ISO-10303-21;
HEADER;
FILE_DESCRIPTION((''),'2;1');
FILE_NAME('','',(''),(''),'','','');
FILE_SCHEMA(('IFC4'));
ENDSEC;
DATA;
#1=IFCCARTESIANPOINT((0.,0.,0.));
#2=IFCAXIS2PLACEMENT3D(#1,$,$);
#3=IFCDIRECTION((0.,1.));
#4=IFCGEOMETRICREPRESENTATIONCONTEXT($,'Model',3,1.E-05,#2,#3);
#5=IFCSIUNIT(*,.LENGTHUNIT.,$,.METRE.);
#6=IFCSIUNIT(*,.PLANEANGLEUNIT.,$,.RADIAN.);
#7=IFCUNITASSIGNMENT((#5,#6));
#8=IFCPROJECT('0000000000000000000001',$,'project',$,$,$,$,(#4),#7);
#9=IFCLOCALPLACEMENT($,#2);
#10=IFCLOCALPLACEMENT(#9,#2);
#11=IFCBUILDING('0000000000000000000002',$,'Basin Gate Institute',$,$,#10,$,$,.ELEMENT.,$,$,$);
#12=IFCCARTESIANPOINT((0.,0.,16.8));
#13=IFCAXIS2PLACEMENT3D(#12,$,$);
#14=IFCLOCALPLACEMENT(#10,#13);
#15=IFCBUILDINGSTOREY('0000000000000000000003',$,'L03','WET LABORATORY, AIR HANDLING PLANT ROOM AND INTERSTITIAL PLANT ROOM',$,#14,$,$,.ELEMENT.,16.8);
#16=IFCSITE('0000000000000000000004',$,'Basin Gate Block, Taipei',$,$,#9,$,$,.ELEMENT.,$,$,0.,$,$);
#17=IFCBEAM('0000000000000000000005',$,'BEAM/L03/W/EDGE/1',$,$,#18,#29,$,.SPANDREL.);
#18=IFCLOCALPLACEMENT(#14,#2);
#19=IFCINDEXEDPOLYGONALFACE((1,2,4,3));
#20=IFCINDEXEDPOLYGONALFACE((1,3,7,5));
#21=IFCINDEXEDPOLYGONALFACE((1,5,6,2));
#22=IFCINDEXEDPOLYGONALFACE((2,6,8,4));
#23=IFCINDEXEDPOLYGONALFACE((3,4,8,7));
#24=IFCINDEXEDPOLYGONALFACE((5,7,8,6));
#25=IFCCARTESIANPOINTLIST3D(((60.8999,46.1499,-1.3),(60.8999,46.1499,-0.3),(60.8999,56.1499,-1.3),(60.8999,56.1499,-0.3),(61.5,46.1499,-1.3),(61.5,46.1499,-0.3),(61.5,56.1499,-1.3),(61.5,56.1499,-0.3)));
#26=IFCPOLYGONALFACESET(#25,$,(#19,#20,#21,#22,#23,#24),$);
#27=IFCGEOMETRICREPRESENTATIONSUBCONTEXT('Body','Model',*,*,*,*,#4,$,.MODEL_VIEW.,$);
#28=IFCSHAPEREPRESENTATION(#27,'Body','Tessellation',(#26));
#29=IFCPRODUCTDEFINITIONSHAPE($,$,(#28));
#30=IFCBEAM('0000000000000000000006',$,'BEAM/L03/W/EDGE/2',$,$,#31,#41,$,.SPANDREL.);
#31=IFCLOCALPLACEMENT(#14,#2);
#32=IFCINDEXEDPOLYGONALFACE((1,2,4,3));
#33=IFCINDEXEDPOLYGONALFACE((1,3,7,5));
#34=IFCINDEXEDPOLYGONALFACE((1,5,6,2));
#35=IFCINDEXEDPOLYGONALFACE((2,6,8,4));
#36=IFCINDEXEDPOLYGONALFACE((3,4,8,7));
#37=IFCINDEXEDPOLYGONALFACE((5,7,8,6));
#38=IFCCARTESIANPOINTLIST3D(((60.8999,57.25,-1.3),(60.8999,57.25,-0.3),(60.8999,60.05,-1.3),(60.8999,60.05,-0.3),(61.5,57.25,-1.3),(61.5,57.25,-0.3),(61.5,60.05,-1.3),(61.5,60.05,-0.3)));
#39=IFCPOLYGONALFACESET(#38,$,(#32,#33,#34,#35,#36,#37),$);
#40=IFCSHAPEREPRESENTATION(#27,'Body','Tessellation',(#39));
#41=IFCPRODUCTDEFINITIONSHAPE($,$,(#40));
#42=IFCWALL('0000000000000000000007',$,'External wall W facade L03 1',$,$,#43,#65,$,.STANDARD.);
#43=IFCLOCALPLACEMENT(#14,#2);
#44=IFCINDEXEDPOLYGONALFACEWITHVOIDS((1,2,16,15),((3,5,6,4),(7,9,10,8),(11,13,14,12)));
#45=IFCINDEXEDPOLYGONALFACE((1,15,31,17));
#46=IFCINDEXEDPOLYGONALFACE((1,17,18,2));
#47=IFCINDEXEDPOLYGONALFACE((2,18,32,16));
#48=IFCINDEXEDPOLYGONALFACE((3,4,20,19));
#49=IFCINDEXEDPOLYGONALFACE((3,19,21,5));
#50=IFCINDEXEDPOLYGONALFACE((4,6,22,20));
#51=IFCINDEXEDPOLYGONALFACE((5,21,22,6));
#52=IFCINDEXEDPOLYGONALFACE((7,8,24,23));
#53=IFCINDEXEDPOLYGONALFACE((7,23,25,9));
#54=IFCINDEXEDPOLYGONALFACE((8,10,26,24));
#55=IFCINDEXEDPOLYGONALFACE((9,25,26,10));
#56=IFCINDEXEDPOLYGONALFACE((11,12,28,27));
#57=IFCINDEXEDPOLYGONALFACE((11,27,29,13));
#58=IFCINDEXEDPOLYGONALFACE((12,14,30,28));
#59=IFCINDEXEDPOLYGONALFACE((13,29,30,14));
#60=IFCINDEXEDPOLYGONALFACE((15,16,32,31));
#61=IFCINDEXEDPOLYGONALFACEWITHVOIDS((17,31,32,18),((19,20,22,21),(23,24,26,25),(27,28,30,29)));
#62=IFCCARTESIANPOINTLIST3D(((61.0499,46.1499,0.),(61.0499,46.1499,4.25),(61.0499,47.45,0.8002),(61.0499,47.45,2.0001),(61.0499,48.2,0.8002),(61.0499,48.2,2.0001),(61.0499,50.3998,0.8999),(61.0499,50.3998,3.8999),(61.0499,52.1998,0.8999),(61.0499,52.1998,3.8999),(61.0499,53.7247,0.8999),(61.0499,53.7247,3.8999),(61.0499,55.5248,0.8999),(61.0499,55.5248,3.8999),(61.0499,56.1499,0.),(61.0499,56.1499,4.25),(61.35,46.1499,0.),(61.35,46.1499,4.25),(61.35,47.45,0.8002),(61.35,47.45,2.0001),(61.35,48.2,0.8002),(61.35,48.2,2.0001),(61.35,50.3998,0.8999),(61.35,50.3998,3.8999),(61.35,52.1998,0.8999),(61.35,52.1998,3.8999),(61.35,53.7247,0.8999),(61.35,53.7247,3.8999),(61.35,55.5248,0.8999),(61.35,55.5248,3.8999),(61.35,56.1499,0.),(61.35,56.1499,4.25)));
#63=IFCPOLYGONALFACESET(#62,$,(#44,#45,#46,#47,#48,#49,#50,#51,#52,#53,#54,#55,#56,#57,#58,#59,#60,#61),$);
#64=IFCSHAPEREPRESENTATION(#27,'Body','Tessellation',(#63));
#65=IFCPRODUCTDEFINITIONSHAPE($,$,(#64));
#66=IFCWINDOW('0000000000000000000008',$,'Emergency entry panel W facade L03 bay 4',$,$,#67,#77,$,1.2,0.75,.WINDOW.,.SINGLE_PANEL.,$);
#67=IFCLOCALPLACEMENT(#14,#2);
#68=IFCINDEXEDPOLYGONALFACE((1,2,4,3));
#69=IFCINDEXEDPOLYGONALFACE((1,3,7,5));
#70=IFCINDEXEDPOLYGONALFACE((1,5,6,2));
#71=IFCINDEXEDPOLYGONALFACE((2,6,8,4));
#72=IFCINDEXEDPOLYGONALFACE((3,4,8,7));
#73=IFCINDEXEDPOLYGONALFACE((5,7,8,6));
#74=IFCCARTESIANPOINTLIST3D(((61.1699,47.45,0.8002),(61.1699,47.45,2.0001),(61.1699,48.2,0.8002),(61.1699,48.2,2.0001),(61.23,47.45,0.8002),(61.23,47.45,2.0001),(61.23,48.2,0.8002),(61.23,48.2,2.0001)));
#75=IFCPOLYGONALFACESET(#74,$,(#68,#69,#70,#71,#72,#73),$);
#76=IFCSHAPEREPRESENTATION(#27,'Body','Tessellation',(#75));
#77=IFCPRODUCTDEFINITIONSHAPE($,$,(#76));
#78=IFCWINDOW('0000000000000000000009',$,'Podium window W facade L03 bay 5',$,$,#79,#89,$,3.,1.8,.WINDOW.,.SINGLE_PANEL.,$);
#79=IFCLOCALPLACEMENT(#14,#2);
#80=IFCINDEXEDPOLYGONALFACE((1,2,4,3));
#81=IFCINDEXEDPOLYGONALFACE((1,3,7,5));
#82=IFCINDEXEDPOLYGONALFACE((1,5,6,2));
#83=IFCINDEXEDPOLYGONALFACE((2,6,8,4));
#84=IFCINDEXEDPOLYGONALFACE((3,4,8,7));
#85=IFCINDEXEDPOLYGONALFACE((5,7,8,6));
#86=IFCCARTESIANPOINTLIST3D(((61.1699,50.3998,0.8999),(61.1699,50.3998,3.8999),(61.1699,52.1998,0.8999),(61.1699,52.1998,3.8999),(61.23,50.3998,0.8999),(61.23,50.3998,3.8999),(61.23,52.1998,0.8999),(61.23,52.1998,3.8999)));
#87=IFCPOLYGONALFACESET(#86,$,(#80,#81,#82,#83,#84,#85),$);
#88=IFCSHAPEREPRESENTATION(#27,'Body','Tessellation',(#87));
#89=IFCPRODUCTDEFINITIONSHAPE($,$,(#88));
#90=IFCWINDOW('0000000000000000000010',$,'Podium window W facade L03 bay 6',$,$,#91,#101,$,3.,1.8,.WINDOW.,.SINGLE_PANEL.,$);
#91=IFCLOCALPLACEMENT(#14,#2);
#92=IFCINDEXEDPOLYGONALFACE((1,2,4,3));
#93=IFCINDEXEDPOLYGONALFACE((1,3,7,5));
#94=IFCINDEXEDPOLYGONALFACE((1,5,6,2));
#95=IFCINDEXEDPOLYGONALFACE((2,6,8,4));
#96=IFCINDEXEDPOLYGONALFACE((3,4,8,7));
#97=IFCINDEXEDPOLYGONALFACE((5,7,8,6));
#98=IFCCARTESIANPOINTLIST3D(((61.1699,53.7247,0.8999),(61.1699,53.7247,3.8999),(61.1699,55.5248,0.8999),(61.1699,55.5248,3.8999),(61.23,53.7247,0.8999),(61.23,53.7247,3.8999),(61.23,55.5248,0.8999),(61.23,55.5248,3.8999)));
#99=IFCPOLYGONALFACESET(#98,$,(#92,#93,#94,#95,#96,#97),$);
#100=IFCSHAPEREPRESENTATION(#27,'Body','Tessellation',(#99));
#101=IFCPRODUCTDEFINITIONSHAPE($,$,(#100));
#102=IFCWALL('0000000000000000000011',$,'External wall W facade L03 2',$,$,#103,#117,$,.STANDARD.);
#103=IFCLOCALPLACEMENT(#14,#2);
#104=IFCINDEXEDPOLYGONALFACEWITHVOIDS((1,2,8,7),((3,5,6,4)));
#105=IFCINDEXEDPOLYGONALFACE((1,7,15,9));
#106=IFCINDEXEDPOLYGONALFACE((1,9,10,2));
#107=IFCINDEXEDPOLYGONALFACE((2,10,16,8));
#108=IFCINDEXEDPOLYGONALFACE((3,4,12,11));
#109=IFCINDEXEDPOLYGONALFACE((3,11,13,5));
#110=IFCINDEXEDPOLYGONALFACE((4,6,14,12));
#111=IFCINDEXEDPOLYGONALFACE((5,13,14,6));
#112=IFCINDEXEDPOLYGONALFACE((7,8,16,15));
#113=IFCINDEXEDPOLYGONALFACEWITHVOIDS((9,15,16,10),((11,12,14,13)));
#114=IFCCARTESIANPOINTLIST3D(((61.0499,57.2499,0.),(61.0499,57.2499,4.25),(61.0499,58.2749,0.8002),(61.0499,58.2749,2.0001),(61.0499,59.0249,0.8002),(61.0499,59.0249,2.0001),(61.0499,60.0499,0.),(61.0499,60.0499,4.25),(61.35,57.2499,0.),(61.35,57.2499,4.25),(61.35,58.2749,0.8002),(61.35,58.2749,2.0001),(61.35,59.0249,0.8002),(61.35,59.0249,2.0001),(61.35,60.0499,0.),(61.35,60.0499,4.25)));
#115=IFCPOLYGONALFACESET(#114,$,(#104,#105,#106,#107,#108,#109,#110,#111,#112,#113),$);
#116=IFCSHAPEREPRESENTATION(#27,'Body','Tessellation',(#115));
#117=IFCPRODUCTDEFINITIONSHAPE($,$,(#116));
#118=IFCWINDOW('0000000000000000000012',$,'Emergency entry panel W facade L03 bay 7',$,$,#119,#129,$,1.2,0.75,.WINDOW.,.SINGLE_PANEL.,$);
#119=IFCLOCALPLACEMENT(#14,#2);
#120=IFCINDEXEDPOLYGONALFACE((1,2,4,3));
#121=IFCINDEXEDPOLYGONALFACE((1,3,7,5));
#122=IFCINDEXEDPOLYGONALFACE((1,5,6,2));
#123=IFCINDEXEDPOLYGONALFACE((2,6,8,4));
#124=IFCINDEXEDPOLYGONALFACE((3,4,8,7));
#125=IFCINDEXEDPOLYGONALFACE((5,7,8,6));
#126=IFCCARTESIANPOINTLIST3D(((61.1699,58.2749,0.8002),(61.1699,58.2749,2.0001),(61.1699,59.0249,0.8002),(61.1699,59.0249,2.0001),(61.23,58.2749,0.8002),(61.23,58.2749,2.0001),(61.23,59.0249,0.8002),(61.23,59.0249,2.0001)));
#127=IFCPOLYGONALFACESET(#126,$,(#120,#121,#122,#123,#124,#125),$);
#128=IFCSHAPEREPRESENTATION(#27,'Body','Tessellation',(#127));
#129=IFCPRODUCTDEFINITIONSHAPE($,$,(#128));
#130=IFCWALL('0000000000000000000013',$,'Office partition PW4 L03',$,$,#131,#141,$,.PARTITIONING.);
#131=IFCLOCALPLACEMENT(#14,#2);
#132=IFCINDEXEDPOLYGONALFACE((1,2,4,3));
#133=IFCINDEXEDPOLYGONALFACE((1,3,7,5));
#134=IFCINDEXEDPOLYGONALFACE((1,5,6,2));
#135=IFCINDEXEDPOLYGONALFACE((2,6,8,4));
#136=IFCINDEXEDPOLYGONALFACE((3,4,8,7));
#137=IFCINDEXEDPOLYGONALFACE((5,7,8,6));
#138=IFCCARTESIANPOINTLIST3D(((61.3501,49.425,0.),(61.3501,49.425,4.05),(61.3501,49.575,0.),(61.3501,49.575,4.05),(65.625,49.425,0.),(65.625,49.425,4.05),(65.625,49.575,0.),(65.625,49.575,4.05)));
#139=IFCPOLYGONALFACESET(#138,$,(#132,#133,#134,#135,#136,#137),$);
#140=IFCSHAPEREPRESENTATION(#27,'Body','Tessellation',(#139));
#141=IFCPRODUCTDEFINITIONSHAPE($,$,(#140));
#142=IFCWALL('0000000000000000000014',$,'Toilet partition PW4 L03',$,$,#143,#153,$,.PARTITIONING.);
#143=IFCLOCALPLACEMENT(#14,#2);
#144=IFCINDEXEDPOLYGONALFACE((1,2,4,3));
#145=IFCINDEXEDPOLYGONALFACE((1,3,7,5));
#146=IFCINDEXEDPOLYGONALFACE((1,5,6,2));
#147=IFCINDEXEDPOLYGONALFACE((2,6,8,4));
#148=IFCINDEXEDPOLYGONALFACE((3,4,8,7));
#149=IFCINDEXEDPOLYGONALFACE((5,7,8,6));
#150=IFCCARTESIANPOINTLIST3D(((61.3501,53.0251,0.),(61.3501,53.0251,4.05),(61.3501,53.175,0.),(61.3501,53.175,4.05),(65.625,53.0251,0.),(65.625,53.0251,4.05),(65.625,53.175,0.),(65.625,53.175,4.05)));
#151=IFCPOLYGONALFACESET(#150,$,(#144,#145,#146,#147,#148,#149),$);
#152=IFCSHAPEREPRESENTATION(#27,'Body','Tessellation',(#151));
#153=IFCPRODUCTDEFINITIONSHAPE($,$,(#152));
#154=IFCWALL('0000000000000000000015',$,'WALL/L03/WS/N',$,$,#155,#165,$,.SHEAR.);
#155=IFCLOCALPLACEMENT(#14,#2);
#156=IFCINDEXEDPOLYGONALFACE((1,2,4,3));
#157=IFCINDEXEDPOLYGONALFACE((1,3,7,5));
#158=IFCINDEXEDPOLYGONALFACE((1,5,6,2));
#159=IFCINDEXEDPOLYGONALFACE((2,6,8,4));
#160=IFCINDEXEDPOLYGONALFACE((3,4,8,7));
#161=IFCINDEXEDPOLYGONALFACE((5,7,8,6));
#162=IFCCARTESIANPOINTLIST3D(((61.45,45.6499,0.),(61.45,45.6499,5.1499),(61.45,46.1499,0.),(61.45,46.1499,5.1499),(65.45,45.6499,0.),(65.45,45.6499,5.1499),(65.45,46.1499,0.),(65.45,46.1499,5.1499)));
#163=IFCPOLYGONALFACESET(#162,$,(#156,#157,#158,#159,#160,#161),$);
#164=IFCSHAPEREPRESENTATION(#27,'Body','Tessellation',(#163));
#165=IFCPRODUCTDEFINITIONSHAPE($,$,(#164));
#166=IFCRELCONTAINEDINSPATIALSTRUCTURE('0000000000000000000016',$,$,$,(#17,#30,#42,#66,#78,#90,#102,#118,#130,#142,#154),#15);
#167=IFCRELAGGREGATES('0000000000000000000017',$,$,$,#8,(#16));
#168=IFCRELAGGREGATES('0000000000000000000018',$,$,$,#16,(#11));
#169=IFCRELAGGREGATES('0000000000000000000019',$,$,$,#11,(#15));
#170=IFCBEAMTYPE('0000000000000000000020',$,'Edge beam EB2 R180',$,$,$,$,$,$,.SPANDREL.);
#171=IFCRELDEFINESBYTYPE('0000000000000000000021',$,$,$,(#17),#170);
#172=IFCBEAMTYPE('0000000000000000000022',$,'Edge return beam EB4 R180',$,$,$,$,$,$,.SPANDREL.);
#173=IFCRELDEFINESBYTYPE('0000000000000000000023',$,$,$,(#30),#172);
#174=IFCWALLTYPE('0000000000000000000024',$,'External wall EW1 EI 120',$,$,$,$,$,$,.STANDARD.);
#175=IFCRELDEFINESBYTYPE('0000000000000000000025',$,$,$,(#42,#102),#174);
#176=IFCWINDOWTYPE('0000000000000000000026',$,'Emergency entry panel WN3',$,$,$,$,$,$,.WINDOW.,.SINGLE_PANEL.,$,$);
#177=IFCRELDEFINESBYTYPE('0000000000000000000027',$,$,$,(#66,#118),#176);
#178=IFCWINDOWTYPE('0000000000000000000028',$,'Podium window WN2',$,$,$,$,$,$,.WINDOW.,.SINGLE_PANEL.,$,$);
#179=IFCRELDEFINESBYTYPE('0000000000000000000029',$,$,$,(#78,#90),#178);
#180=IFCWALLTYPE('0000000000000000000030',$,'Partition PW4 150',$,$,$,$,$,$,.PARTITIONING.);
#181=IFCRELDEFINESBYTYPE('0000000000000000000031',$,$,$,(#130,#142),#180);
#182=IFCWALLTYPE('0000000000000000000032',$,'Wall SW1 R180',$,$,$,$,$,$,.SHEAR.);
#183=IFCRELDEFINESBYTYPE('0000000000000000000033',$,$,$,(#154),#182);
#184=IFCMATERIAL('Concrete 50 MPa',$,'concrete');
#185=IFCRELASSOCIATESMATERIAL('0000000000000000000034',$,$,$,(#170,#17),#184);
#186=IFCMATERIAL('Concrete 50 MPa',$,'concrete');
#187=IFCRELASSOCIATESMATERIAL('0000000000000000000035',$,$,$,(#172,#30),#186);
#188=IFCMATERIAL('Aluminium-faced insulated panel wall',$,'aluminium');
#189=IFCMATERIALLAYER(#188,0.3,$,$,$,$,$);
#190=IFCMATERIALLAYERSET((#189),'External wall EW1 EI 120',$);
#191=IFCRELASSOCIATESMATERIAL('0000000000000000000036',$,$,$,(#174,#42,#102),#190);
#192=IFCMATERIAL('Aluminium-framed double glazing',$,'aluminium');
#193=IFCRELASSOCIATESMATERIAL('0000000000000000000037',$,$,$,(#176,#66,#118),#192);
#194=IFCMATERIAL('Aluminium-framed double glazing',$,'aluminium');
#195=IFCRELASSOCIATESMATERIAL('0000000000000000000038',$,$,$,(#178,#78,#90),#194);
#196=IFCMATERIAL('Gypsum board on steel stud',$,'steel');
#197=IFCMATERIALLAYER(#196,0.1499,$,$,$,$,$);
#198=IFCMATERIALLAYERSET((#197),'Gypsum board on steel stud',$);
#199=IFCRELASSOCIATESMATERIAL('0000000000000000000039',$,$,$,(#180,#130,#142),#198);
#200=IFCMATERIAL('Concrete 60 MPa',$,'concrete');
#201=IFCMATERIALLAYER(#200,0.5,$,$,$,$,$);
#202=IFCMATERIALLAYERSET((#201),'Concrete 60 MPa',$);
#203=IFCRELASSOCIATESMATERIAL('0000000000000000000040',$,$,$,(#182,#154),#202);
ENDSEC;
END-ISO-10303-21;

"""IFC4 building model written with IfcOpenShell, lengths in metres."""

from ifc_helpers import new_model, si_unit, direction, frame, frame_2d, origin, origin_2d, place, context, subcontext, project, spatial, rectangle, extrude, material, layer, layer_set, material_profile, profile_set, type_object, element, fill, save


model = new_model("IFC4")

# Units and contexts
model_context = context("Model", 3, precision=1e-05, world=origin(), true_north=direction((0.0, 1.0)))
body_context = subcontext(model_context, "Body", "Model", "MODEL_VIEW")
ifc_project = project(units=[si_unit("LENGTHUNIT", "METRE"), si_unit("PLANEANGLEUNIT", "RADIAN")], contexts=[model_context])

# Site, building, storey
site_placement = place(None, origin())
site = spatial("IfcSite", under=ifc_project, at=site_placement, Name="Basin Gate Block, Taipei", CompositionType="ELEMENT", RefElevation=0.0)
building_placement = place(site_placement, origin())
building = spatial("IfcBuilding", under=site, at=building_placement, Name="Basin Gate Institute", CompositionType="ELEMENT")
storey_placement = place(building_placement, frame((0.0, 0.0, 16.8)))
storey = spatial("IfcBuildingStorey", under=building, at=storey_placement, Name="L03", Description="WET LABORATORY, AIR HANDLING PLANT ROOM AND INTERSTITIAL PLANT ROOM", CompositionType="ELEMENT", Elevation=16.8)

# Beams
ifc_material_1 = material(Name="Concrete 50 MPa", Category="concrete")
ifc_material_profile_1 = material_profile(ifc_material_1, rectangle(XDim=0.6001, YDim=1.0, at=origin_2d()), Name="Edge beam EB2 600 x 1000")
ifc_profile_set_1 = profile_set([ifc_material_profile_1], Name="Concrete 50 MPa")
beam_type_1 = type_object("IfcBeamType", Name="Edge beam EB2 R180", PredefinedType="SPANDREL", material=ifc_profile_set_1)
beam_1_placement = place(storey_placement, frame((61.2, 46.1499, -0.8), z_axis=(0.0, 1.0, 0.0), x_axis=(-1.0, 0.0, 0.0)))
element("IfcBeam", 1, at=beam_1_placement, inside=storey, type_object=beam_type_1, material=ifc_profile_set_1, Name="BEAM/L03/W/EDGE/1", PredefinedType="SPANDREL", context=body_context, shape_type="SweptSolid", body=[
    extrude(rectangle(XDim=0.6001, YDim=1.0, at=origin_2d()), origin(), (0.0, 0.0, 1.0), 10.0),
])
ifc_material_2 = material(Name="Concrete 50 MPa", Category="concrete")
ifc_material_profile_2 = material_profile(ifc_material_2, rectangle(XDim=0.6001, YDim=1.0, at=origin_2d()), Name="Edge return beam EB4 600 x 1000")
ifc_profile_set_2 = profile_set([ifc_material_profile_2], Name="Concrete 50 MPa")
beam_type_2 = type_object("IfcBeamType", Name="Edge return beam EB4 R180", PredefinedType="SPANDREL", material=ifc_profile_set_2)
beam_2_placement = place(storey_placement, frame((61.2, 57.25, -0.8), z_axis=(0.0, 1.0, 0.0), x_axis=(-1.0, 0.0, 0.0)))
element("IfcBeam", 2, at=beam_2_placement, inside=storey, type_object=beam_type_2, material=ifc_profile_set_2, Name="BEAM/L03/W/EDGE/2", PredefinedType="SPANDREL", context=body_context, shape_type="SweptSolid", body=[
    extrude(rectangle(XDim=0.6001, YDim=1.0, at=origin_2d()), origin(), (0.0, 0.0, 1.0), 2.8),
])

# Wall, openings, windows
ifc_material_3 = material(Name="Aluminium-faced insulated panel wall", Category="aluminium")
ifc_layer_1 = layer(ifc_material_3, 0.3)
ifc_layer_set_1 = layer_set([ifc_layer_1], Name="External wall EW1 EI 120")
wall_type_1 = type_object("IfcWallType", Name="External wall EW1 EI 120", PredefinedType="STANDARD", material=ifc_layer_set_1)
wall_1_placement = place(storey_placement, frame((61.2, 46.1499, 0.0), z_axis=(0.0, 0.0, 1.0), x_axis=(0.0, 1.0, 0.0)))
wall_1 = element("IfcWall", 3, at=wall_1_placement, inside=storey, type_object=wall_type_1, material=ifc_layer_set_1, Name="External wall W facade L03 1", PredefinedType="STANDARD", context=body_context, shape_type="SweptSolid", body=[
    extrude(rectangle(XDim=10.0, YDim=0.3, at=frame_2d((5.0, 0.0))), origin(), (0.0, 0.0, 1.0), 4.25),
])
opening_1_placement = place(wall_1_placement, frame((1.3, 0.0, 0.8)))
opening_1 = element("IfcOpeningElement", 4, at=opening_1_placement, cuts=wall_1, PredefinedType="OPENING", context=body_context, shape_type="SweptSolid", body=[
    extrude(rectangle(XDim=0.75, YDim=1.2, at=frame_2d((0.375, 0.6001))), frame((0.0, 0.1602, 0.0), z_axis=(0.0, -1.0, 0.0), x_axis=(1.0, 0.0, 0.0)), (0.0, 0.0, 1.0), 0.3201),
])
opening_2_placement = place(wall_1_placement, frame((4.25, 0.0, 0.8999)))
opening_2 = element("IfcOpeningElement", 5, at=opening_2_placement, cuts=wall_1, PredefinedType="OPENING", context=body_context, shape_type="SweptSolid", body=[
    extrude(rectangle(XDim=1.8, YDim=3.0, at=frame_2d((0.8999, 1.5))), frame((0.0, 0.1602, 0.0), z_axis=(0.0, -1.0, 0.0), x_axis=(1.0, 0.0, 0.0)), (0.0, 0.0, 1.0), 0.3201),
])
opening_3_placement = place(wall_1_placement, frame((7.575, 0.0, 0.8999)))
opening_3 = element("IfcOpeningElement", 6, at=opening_3_placement, cuts=wall_1, PredefinedType="OPENING", context=body_context, shape_type="SweptSolid", body=[
    extrude(rectangle(XDim=1.8, YDim=3.0, at=frame_2d((0.8999, 1.5))), frame((0.0, 0.1602, 0.0), z_axis=(0.0, -1.0, 0.0), x_axis=(1.0, 0.0, 0.0)), (0.0, 0.0, 1.0), 0.3201),
])
ifc_material_4 = material(Name="Aluminium-framed double glazing", Category="aluminium")
window_type_1 = type_object("IfcWindowType", Name="Emergency entry panel WN3", PartitioningType="SINGLE_PANEL", PredefinedType="WINDOW", material=ifc_material_4)
window_1_placement = place(opening_1_placement, origin())
window_1 = element("IfcWindow", 7, at=window_1_placement, inside=storey, type_object=window_type_1, material=ifc_material_4, Name="Emergency entry panel W facade L03 bay 4", OverallHeight=1.2, OverallWidth=0.75, PartitioningType="SINGLE_PANEL", PredefinedType="WINDOW", context=body_context, shape_type="SweptSolid", body=[
    extrude(rectangle(XDim=0.75, YDim=1.2, at=frame_2d((0.375, 0.6001))), frame((0.0, 0.03, 0.0), z_axis=(0.0, -1.0, 0.0), x_axis=(1.0, 0.0, 0.0)), (0.0, 0.0, 1.0), 0.0601),
])
fill(opening_1, window_1)
ifc_material_5 = material(Name="Aluminium-framed double glazing", Category="aluminium")
window_type_2 = type_object("IfcWindowType", Name="Podium window WN2", PartitioningType="SINGLE_PANEL", PredefinedType="WINDOW", material=ifc_material_5)
window_2_placement = place(opening_2_placement, origin())
window_2 = element("IfcWindow", 8, at=window_2_placement, inside=storey, type_object=window_type_2, material=ifc_material_5, Name="Podium window W facade L03 bay 5", OverallHeight=3.0, OverallWidth=1.8, PartitioningType="SINGLE_PANEL", PredefinedType="WINDOW", context=body_context, shape_type="SweptSolid", body=[
    extrude(rectangle(XDim=1.8, YDim=3.0, at=frame_2d((0.8999, 1.5))), frame((0.0, 0.03, 0.0), z_axis=(0.0, -1.0, 0.0), x_axis=(1.0, 0.0, 0.0)), (0.0, 0.0, 1.0), 0.0601),
])
fill(opening_2, window_2)
window_3_placement = place(opening_3_placement, origin())
window_3 = element("IfcWindow", 9, at=window_3_placement, inside=storey, type_object=window_type_2, material=ifc_material_5, Name="Podium window W facade L03 bay 6", OverallHeight=3.0, OverallWidth=1.8, PartitioningType="SINGLE_PANEL", PredefinedType="WINDOW", context=body_context, shape_type="SweptSolid", body=[
    extrude(rectangle(XDim=1.8, YDim=3.0, at=frame_2d((0.8999, 1.5))), frame((0.0, 0.03, 0.0), z_axis=(0.0, -1.0, 0.0), x_axis=(1.0, 0.0, 0.0)), (0.0, 0.0, 1.0), 0.0601),
])
fill(opening_3, window_3)

# Wall, opening, window
wall_2_placement = place(storey_placement, frame((61.2, 57.25, 0.0), z_axis=(0.0, 0.0, 1.0), x_axis=(0.0, 1.0, 0.0)))
wall_2 = element("IfcWall", 10, at=wall_2_placement, inside=storey, type_object=wall_type_1, material=ifc_layer_set_1, Name="External wall W facade L03 2", PredefinedType="STANDARD", context=body_context, shape_type="SweptSolid", body=[
    extrude(rectangle(XDim=2.8, YDim=0.3, at=frame_2d((1.3999, 0.0))), origin(), (0.0, 0.0, 1.0), 4.25),
])
opening_4_placement = place(wall_2_placement, frame((1.0249, 0.0, 0.8)))
opening_4 = element("IfcOpeningElement", 11, at=opening_4_placement, cuts=wall_2, PredefinedType="OPENING", context=body_context, shape_type="SweptSolid", body=[
    extrude(rectangle(XDim=0.75, YDim=1.2, at=frame_2d((0.375, 0.6001))), frame((0.0, 0.1602, 0.0), z_axis=(0.0, -1.0, 0.0), x_axis=(1.0, 0.0, 0.0)), (0.0, 0.0, 1.0), 0.3201),
])
window_4_placement = place(opening_4_placement, origin())
window_4 = element("IfcWindow", 12, at=window_4_placement, inside=storey, type_object=window_type_1, material=ifc_material_4, Name="Emergency entry panel W facade L03 bay 7", OverallHeight=1.2, OverallWidth=0.75, PartitioningType="SINGLE_PANEL", PredefinedType="WINDOW", context=body_context, shape_type="SweptSolid", body=[
    extrude(rectangle(XDim=0.75, YDim=1.2, at=frame_2d((0.375, 0.6001))), frame((0.0, 0.03, 0.0), z_axis=(0.0, -1.0, 0.0), x_axis=(1.0, 0.0, 0.0)), (0.0, 0.0, 1.0), 0.0601),
])
fill(opening_4, window_4)

# Walls
ifc_material_6 = material(Name="Gypsum board on steel stud", Category="steel")
ifc_layer_2 = layer(ifc_material_6, 0.1499)
ifc_layer_set_2 = layer_set([ifc_layer_2], Name="Gypsum board on steel stud")
wall_type_2 = type_object("IfcWallType", Name="Partition PW4 150", PredefinedType="PARTITIONING", material=ifc_layer_set_2)
for number, where, z_axis, x_axis, name in (
    (13, (61.3501, 49.5, 0.0), (0.0, 0.0, 1.0), (1.0, 0.0, 0.0), "Office partition PW4 L03"),
    (14, (61.3501, 53.1001, 0.0), (0.0, 0.0, 1.0), (1.0, 0.0, 0.0), "Toilet partition PW4 L03"),
):
    element("IfcWall", number, at=place(storey_placement, frame(where, z_axis=z_axis, x_axis=x_axis)), inside=storey, type_object=wall_type_2, material=ifc_layer_set_2, Name=name, PredefinedType="PARTITIONING", context=body_context, shape_type="SweptSolid", body=[
        extrude(rectangle(XDim=4.2749, YDim=0.1499, at=frame_2d((2.1375, 0.0))), origin(), (0.0, 0.0, 1.0), 4.05),
    ])
ifc_material_7 = material(Name="Concrete 60 MPa", Category="concrete")
ifc_layer_3 = layer(ifc_material_7, 0.5)
ifc_layer_set_3 = layer_set([ifc_layer_3], Name="Concrete 60 MPa")
wall_type_3 = type_object("IfcWallType", Name="Wall SW1 R180", PredefinedType="SHEAR", material=ifc_layer_set_3)
wall_3_placement = place(storey_placement, frame((61.45, 45.8999, 0.0), z_axis=(0.0, 0.0, 1.0), x_axis=(1.0, 0.0, 0.0)))
element("IfcWall", 15, at=wall_3_placement, inside=storey, type_object=wall_type_3, material=ifc_layer_set_3, Name="WALL/L03/WS/N", PredefinedType="SHEAR", context=body_context, shape_type="SweptSolid", body=[
    extrude(rectangle(XDim=4.0, YDim=0.5, at=frame_2d((2.0, 0.0))), origin(), (0.0, 0.0, 1.0), 5.1499),
])

save(model, "model.ifc")
